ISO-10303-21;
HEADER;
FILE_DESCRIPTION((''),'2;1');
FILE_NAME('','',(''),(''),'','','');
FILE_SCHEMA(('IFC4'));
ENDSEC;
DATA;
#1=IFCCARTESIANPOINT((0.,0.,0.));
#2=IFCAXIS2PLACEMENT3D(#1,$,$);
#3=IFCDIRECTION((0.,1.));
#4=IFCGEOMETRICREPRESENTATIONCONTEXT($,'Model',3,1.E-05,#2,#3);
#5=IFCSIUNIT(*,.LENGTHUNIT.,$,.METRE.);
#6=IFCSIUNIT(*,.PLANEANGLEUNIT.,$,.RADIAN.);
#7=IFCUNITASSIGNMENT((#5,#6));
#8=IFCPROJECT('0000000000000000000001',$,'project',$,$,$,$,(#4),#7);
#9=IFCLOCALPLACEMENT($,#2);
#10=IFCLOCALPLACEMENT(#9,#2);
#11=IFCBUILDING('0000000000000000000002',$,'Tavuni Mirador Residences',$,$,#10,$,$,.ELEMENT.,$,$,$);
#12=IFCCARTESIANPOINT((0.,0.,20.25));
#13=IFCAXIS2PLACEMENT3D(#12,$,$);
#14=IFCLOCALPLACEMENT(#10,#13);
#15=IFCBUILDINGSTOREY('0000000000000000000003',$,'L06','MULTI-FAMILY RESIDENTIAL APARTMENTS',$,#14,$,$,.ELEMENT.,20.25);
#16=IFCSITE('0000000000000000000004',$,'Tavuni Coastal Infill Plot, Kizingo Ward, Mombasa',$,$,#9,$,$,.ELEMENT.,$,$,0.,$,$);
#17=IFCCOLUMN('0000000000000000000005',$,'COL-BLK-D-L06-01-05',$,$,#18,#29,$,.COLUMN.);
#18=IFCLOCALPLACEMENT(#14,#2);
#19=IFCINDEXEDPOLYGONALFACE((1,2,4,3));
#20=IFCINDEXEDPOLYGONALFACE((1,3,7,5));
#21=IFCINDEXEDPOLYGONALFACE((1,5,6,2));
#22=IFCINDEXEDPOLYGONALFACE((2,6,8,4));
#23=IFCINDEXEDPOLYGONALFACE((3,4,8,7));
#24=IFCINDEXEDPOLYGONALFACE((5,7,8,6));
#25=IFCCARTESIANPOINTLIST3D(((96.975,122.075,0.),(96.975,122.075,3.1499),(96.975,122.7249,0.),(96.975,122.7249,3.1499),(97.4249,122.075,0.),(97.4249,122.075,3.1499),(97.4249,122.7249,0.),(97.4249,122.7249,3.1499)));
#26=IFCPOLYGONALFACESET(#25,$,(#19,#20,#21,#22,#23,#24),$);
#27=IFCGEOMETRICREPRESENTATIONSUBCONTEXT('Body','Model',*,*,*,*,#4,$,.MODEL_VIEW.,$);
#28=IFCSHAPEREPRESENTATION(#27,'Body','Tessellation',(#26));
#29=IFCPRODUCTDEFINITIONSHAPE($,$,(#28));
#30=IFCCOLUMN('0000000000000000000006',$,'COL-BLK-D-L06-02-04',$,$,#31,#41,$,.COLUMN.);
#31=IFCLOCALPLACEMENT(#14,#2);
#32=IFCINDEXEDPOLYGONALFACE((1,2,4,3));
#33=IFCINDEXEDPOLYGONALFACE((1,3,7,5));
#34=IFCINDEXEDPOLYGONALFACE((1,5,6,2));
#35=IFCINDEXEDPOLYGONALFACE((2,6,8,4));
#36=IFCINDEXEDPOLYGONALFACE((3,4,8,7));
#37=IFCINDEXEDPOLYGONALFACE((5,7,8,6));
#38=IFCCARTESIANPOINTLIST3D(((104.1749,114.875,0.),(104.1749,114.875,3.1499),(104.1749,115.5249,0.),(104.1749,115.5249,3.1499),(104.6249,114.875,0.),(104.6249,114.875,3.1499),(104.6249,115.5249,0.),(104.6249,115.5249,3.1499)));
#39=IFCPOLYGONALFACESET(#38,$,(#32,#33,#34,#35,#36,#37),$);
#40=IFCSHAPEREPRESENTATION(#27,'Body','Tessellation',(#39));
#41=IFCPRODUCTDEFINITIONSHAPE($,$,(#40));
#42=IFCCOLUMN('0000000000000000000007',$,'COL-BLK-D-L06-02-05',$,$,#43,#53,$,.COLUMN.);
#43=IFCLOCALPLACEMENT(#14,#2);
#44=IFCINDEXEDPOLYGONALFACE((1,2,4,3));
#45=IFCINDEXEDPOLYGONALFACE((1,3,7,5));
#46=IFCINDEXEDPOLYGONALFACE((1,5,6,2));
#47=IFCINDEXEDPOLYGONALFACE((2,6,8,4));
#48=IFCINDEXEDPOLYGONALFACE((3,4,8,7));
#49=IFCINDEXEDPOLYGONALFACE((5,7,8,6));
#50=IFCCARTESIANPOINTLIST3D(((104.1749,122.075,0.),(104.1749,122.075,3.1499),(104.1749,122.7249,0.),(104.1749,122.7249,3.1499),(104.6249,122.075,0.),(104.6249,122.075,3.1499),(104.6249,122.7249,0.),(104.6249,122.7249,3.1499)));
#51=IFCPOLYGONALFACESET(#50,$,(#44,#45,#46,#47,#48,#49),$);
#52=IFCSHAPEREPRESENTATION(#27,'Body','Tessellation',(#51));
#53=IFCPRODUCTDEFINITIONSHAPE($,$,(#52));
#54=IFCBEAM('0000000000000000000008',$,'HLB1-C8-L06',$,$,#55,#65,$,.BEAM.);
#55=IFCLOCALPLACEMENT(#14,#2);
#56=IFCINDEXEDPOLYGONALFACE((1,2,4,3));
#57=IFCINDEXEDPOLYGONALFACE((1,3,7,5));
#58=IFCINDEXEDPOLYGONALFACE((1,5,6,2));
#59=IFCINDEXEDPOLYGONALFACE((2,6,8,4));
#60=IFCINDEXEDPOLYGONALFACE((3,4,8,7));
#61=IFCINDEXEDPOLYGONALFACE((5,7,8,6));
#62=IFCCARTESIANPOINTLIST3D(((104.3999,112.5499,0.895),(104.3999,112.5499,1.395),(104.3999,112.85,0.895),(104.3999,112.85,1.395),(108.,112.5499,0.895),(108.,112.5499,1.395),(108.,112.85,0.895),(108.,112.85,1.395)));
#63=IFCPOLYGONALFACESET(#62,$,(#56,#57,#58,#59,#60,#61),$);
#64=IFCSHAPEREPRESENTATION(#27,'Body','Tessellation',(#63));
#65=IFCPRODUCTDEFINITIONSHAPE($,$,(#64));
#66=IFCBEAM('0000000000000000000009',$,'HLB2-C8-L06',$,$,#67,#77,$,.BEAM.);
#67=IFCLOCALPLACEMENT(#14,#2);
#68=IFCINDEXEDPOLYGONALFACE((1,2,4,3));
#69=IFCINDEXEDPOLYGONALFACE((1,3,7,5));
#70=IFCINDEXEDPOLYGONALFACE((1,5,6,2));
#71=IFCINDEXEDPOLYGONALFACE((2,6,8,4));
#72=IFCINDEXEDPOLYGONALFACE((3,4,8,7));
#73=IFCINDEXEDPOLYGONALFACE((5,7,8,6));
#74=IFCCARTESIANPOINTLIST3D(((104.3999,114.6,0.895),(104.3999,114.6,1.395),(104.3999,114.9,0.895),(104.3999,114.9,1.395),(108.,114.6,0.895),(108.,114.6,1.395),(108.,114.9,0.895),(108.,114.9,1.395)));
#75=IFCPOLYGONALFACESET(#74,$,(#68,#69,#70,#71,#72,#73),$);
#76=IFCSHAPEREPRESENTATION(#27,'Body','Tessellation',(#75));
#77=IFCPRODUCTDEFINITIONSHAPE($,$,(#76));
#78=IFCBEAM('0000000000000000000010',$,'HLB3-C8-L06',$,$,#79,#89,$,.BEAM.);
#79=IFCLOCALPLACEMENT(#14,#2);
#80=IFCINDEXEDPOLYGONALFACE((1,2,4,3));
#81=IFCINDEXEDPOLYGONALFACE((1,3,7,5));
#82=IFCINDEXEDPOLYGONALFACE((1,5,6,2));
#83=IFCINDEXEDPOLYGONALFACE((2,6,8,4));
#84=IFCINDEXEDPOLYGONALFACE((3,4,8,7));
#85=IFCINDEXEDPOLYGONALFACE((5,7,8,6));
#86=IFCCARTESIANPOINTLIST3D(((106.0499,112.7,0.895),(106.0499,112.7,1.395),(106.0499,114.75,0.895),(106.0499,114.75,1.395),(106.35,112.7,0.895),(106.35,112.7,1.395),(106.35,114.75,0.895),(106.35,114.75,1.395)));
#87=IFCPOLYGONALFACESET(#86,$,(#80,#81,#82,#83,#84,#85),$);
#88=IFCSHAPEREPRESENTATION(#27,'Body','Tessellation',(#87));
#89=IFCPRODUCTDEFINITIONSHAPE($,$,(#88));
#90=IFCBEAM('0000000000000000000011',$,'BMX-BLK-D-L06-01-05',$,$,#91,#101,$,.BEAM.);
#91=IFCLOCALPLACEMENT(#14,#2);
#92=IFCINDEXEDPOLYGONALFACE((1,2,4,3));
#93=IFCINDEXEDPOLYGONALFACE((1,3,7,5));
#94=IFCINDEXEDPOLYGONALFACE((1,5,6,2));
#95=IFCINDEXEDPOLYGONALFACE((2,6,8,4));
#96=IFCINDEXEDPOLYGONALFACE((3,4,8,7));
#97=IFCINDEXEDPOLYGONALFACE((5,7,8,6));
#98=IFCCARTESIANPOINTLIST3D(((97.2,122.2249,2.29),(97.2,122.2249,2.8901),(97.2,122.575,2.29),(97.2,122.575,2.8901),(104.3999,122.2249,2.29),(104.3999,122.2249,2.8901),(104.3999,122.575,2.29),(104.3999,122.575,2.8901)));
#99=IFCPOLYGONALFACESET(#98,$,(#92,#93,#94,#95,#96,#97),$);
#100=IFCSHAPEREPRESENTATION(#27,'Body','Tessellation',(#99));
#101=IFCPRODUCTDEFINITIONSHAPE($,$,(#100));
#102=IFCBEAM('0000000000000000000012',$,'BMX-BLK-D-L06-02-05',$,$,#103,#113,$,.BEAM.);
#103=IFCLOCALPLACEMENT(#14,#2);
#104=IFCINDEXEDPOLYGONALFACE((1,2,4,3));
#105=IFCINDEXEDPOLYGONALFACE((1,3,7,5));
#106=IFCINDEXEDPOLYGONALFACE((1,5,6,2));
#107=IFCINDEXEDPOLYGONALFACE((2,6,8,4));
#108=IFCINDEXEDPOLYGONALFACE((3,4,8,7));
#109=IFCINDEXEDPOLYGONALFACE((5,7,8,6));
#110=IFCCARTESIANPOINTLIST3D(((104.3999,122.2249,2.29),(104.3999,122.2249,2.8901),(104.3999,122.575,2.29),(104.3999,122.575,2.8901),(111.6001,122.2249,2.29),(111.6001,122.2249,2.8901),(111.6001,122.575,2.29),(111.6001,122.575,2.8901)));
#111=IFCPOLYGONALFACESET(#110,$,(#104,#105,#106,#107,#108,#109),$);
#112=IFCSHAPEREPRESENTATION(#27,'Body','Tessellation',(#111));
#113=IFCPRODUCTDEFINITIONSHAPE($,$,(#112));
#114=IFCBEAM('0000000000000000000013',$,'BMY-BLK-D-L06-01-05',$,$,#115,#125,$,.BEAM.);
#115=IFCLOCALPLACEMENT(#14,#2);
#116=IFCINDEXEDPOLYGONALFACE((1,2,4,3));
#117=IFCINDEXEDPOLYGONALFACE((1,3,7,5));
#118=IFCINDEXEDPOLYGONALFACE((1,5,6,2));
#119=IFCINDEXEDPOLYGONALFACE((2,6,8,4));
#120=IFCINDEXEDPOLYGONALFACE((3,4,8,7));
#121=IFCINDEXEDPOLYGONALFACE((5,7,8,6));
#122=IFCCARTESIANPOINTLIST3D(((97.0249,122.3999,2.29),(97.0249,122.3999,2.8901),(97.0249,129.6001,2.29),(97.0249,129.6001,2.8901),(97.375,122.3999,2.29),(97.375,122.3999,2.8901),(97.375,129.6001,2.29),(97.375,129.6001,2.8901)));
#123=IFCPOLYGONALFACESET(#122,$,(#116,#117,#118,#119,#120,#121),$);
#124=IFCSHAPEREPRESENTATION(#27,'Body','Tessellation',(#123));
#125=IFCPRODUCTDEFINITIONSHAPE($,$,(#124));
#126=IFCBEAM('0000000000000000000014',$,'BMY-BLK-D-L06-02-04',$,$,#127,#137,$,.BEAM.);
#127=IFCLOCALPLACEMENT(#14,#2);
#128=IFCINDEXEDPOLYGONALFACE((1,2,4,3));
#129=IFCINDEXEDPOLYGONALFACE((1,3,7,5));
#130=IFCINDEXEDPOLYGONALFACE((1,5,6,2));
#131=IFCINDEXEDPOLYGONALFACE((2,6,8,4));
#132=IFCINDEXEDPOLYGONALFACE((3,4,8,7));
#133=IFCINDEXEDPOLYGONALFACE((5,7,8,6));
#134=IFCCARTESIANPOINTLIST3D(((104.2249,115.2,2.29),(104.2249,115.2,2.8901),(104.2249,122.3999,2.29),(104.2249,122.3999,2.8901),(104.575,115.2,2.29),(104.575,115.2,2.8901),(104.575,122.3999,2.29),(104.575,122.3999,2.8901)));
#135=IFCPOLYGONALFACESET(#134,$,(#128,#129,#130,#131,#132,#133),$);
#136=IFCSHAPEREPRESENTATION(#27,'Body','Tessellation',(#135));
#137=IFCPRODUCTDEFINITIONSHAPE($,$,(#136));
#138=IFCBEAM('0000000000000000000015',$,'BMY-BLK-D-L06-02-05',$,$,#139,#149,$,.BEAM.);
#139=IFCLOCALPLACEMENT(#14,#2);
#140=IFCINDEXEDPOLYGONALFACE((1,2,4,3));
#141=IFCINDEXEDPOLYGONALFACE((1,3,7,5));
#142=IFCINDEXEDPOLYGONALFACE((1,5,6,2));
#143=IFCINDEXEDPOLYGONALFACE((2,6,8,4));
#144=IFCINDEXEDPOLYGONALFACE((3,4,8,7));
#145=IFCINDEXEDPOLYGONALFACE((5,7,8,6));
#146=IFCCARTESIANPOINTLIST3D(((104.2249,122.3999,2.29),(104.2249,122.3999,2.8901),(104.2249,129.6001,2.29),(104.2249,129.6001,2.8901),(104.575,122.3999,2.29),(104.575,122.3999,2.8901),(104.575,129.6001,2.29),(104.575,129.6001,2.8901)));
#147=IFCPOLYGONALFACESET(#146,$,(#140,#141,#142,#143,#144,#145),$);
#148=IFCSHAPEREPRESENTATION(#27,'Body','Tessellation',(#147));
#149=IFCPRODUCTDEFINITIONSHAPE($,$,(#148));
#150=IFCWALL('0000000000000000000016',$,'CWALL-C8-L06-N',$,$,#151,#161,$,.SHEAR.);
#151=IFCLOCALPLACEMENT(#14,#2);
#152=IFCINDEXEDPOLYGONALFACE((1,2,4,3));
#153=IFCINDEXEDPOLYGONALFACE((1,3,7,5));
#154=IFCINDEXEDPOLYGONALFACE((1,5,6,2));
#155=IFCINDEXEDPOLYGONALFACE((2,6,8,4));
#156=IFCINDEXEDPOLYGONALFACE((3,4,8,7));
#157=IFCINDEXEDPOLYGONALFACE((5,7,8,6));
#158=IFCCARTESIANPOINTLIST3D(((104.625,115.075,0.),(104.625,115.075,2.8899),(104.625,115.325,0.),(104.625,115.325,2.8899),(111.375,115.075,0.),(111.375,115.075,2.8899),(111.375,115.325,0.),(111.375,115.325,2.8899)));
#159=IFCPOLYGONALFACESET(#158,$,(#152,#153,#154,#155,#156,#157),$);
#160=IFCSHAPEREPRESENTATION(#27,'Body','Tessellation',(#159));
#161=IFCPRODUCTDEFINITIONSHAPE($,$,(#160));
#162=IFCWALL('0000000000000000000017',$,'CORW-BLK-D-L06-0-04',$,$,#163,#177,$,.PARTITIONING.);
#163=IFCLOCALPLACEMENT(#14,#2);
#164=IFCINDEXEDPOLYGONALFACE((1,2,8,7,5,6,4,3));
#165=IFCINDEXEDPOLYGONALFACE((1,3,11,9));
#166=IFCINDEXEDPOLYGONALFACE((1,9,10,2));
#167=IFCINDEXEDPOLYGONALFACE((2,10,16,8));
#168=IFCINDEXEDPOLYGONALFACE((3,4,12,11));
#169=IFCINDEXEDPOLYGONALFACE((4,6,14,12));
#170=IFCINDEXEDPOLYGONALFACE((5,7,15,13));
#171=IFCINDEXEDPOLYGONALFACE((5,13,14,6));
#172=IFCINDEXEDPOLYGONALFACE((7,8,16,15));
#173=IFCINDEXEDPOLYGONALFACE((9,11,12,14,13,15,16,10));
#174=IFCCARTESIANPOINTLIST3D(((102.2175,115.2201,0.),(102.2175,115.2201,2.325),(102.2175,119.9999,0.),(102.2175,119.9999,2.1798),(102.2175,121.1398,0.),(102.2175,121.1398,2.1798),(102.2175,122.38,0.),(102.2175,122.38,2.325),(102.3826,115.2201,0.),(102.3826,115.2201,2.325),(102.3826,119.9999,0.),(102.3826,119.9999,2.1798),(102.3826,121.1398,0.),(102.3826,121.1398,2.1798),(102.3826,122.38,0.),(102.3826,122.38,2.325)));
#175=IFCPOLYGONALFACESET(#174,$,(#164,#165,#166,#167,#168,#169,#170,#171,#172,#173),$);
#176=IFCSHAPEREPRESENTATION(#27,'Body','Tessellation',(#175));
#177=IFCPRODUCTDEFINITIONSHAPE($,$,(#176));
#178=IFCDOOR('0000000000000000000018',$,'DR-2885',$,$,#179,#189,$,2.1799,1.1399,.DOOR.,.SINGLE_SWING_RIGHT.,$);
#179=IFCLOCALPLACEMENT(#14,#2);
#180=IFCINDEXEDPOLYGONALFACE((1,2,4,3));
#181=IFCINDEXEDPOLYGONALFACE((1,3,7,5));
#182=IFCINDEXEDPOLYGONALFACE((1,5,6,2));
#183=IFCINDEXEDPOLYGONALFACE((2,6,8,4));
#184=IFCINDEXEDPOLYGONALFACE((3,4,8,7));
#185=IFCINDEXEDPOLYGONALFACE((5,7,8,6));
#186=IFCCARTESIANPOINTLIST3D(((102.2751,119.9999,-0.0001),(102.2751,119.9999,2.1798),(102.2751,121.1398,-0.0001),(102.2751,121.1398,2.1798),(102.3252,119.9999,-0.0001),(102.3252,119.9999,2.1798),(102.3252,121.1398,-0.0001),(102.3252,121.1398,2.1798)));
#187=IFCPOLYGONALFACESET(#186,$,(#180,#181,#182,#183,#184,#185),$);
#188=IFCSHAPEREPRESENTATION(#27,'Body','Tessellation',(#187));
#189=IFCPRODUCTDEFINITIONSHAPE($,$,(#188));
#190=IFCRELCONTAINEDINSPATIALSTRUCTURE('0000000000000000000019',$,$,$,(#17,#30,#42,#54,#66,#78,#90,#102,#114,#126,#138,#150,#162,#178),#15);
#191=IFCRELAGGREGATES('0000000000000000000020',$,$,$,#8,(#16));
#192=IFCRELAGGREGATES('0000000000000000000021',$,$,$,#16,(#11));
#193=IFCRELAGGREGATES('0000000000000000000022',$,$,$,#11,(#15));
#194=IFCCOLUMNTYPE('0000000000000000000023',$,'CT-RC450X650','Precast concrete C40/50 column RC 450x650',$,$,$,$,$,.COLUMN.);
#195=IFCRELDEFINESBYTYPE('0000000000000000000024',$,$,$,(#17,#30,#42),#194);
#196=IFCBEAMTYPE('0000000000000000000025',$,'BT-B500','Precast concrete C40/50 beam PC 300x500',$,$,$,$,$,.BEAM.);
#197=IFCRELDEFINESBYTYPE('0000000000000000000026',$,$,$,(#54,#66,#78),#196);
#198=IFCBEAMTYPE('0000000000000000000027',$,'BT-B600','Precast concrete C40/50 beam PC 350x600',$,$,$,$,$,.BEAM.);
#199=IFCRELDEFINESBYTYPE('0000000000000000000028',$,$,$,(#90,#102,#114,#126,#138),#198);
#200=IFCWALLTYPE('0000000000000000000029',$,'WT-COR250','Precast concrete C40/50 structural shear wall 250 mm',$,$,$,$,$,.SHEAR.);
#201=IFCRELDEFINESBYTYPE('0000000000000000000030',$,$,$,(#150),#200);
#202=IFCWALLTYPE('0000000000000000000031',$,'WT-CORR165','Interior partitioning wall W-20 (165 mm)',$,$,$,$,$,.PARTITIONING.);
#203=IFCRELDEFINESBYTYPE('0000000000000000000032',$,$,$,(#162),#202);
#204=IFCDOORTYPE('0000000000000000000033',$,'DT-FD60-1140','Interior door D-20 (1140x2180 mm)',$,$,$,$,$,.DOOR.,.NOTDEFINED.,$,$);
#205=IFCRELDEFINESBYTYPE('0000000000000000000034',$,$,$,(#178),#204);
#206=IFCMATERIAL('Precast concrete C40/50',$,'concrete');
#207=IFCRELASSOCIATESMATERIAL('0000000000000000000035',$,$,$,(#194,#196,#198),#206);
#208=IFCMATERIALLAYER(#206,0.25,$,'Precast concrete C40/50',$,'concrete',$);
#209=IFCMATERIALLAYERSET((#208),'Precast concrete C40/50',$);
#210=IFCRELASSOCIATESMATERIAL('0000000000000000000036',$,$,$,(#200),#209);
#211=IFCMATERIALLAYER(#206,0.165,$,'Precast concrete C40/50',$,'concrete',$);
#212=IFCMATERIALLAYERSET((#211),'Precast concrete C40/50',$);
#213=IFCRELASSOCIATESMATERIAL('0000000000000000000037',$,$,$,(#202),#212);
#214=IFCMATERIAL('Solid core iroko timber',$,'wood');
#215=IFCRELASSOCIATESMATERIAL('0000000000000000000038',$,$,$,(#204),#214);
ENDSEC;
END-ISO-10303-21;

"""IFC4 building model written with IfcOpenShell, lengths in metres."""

from ifc_helpers import new_model, si_unit, direction, frame, frame_2d, origin, origin_2d, place, context, subcontext, project, spatial, rectangle, extrude, material, layer, layer_set, material_profile, profile_set, type_object, element, fill, save


model = new_model("IFC4")

# Units and contexts
model_context = context("Model", 3, precision=1e-05, world=origin(), true_north=direction((0.0, 1.0)))
body_context = subcontext(model_context, "Body", "Model", "MODEL_VIEW")
ifc_project = project(units=[si_unit("LENGTHUNIT", "METRE"), si_unit("PLANEANGLEUNIT", "RADIAN")], contexts=[model_context])

# Site, building, storey
site_placement = place(None, origin())
site = spatial("IfcSite", under=ifc_project, at=site_placement, Name="Tavuni Coastal Infill Plot, Kizingo Ward, Mombasa", CompositionType="ELEMENT", RefElevation=0.0)
building_placement = place(site_placement, origin())
building = spatial("IfcBuilding", under=site, at=building_placement, Name="Tavuni Mirador Residences", CompositionType="ELEMENT")
storey_placement = place(building_placement, frame((0.0, 0.0, 20.25)))
storey = spatial("IfcBuildingStorey", under=building, at=storey_placement, Name="L06", Description="MULTI-FAMILY RESIDENTIAL APARTMENTS", CompositionType="ELEMENT", Elevation=20.25)

# Columns
ifc_material_1 = material(Name="Precast concrete C40/50", Category="concrete")
ifc_material_profile_1 = material_profile(ifc_material_1, rectangle(XDim=0.45, YDim=0.6499, at=origin_2d()), Name="RC 450x650", Category="concrete")
ifc_profile_set_1 = profile_set([ifc_material_profile_1], Name="Precast concrete C40/50")
column_type = type_object("IfcColumnType", Name="CT-RC450X650", Description="Precast concrete C40/50 column RC 450x650", PredefinedType="COLUMN", material=ifc_profile_set_1)
for number, where, z_axis, x_axis, name in (
    (1, (97.2, 122.3999, 0.0), (0.0, 0.0, 1.0), (1.0, 0.0, 0.0), "COL-BLK-D-L06-01-05"),
    (2, (104.3999, 115.2, 0.0), (0.0, 0.0, 1.0), (1.0, 0.0, 0.0), "COL-BLK-D-L06-02-04"),
    (3, (104.3999, 122.3999, 0.0), (0.0, 0.0, 1.0), (1.0, 0.0, 0.0), "COL-BLK-D-L06-02-05"),
):
    element("IfcColumn", number, at=place(storey_placement, frame(where, z_axis=z_axis, x_axis=x_axis)), inside=storey, type_object=column_type, Name=name, PredefinedType="COLUMN", context=body_context, shape_type="SweptSolid", body=[
        extrude(rectangle(XDim=0.45, YDim=0.6499, at=origin_2d()), origin(), (0.0, 0.0, 1.0), 3.1499),
    ])

# Beams
ifc_material_profile_2 = material_profile(ifc_material_1, rectangle(XDim=0.3, YDim=0.5, at=origin_2d()), Name="PC 300x500", Category="concrete")
ifc_profile_set_2 = profile_set([ifc_material_profile_2], Name="Precast concrete C40/50")
beam_type_1 = type_object("IfcBeamType", Name="BT-B500", Description="Precast concrete C40/50 beam PC 300x500", PredefinedType="BEAM", material=ifc_profile_set_2)
for number, where, z_axis, x_axis, name in (
    (4, (104.3999, 112.7, 1.145), (1.0, 0.0, 0.0), (0.0, 1.0, 0.0), "HLB1-C8-L06"),
    (5, (104.3999, 114.75, 1.145), (1.0, 0.0, 0.0), (0.0, 1.0, 0.0), "HLB2-C8-L06"),
):
    element("IfcBeam", number, at=place(storey_placement, frame(where, z_axis=z_axis, x_axis=x_axis)), inside=storey, type_object=beam_type_1, Name=name, PredefinedType="BEAM", context=body_context, shape_type="SweptSolid", body=[
        extrude(rectangle(XDim=0.3, YDim=0.5, at=origin_2d()), origin(), (0.0, 0.0, 1.0), 3.6001),
    ])
beam_1_placement = place(storey_placement, frame((106.2, 112.7, 1.145), z_axis=(0.0, 1.0, 0.0), x_axis=(-1.0, 0.0, 0.0)))
element("IfcBeam", 6, at=beam_1_placement, inside=storey, type_object=beam_type_1, Name="HLB3-C8-L06", PredefinedType="BEAM", context=body_context, shape_type="SweptSolid", body=[
    extrude(rectangle(XDim=0.3, YDim=0.5, at=origin_2d()), origin(), (0.0, 0.0, 1.0), 2.05),
])
ifc_material_profile_3 = material_profile(ifc_material_1, rectangle(XDim=0.3501, YDim=0.6001, at=origin_2d()), Name="PC 350x600", Category="concrete")
ifc_profile_set_3 = profile_set([ifc_material_profile_3], Name="Precast concrete C40/50")
beam_type_2 = type_object("IfcBeamType", Name="BT-B600", Description="Precast concrete C40/50 beam PC 350x600", PredefinedType="BEAM", material=ifc_profile_set_3)
beam_2_placement = place(storey_placement, frame((97.2, 122.3999, 2.5901), z_axis=(1.0, 0.0, 0.0), x_axis=(0.0, 1.0, 0.0)))
element("IfcBeam", 7, at=beam_2_placement, inside=storey, type_object=beam_type_2, Name="BMX-BLK-D-L06-01-05", PredefinedType="BEAM", context=body_context, shape_type="SweptSolid", body=[
    extrude(rectangle(XDim=0.3501, YDim=0.6001, at=origin_2d()), origin(), (0.0, 0.0, 1.0), 7.2),
])
for number, where, z_axis, x_axis, name in (
    (8, (104.3999, 122.3999, 2.5901), (1.0, 0.0, 0.0), (0.0, 1.0, 0.0), "BMX-BLK-D-L06-02-05"),
    (9, (97.2, 122.3999, 2.5901), (0.0, 1.0, 0.0), (-1.0, 0.0, 0.0), "BMY-BLK-D-L06-01-05"),
):
    element("IfcBeam", number, at=place(storey_placement, frame(where, z_axis=z_axis, x_axis=x_axis)), inside=storey, type_object=beam_type_2, Name=name, PredefinedType="BEAM", context=body_context, shape_type="SweptSolid", body=[
        extrude(rectangle(XDim=0.3501, YDim=0.6001, at=origin_2d()), origin(), (0.0, 0.0, 1.0), 7.2002),
    ])
beam_3_placement = place(storey_placement, frame((104.3999, 115.2, 2.5901), z_axis=(0.0, 1.0, 0.0), x_axis=(-1.0, 0.0, 0.0)))
element("IfcBeam", 10, at=beam_3_placement, inside=storey, type_object=beam_type_2, Name="BMY-BLK-D-L06-02-04", PredefinedType="BEAM", context=body_context, shape_type="SweptSolid", body=[
    extrude(rectangle(XDim=0.3501, YDim=0.6001, at=origin_2d()), origin(), (0.0, 0.0, 1.0), 7.2),
])
beam_4_placement = place(storey_placement, frame((104.3999, 122.3999, 2.5901), z_axis=(0.0, 1.0, 0.0), x_axis=(-1.0, 0.0, 0.0)))
element("IfcBeam", 11, at=beam_4_placement, inside=storey, type_object=beam_type_2, Name="BMY-BLK-D-L06-02-05", PredefinedType="BEAM", context=body_context, shape_type="SweptSolid", body=[
    extrude(rectangle(XDim=0.3501, YDim=0.6001, at=origin_2d()), origin(), (0.0, 0.0, 1.0), 7.2002),
])

# Wall
ifc_layer_1 = layer(ifc_material_1, 0.25, Name="Precast concrete C40/50", Category="concrete")
ifc_layer_set_1 = layer_set([ifc_layer_1], Name="Precast concrete C40/50")
wall_type_1 = type_object("IfcWallType", Name="WT-COR250", Description="Precast concrete C40/50 structural shear wall 250 mm", PredefinedType="SHEAR", material=ifc_layer_set_1)
wall_1_placement = place(storey_placement, frame((104.625, 115.2, 0.0), z_axis=(0.0, 0.0, 1.0), x_axis=(1.0, 0.0, 0.0)))
element("IfcWall", 12, at=wall_1_placement, inside=storey, type_object=wall_type_1, Name="CWALL-C8-L06-N", PredefinedType="SHEAR", context=body_context, shape_type="SweptSolid", body=[
    extrude(rectangle(XDim=6.75, YDim=0.25, at=frame_2d((3.375, 0.0))), origin(), (0.0, 0.0, 1.0), 2.8899),
])

# Wall, opening, door
ifc_layer_2 = layer(ifc_material_1, 0.165, Name="Precast concrete C40/50", Category="concrete")
ifc_layer_set_2 = layer_set([ifc_layer_2], Name="Precast concrete C40/50")
wall_type_2 = type_object("IfcWallType", Name="WT-CORR165", Description="Interior partitioning wall W-20 (165 mm)", PredefinedType="PARTITIONING", material=ifc_layer_set_2)
wall_2_placement = place(storey_placement, frame((102.3, 115.22, 0.0), z_axis=(0.0, 0.0, 1.0), x_axis=(0.0, 1.0, 0.0)))
wall_2 = element("IfcWall", 13, at=wall_2_placement, inside=storey, type_object=wall_type_2, Name="CORW-BLK-D-L06-0-04", PredefinedType="PARTITIONING", context=body_context, shape_type="SweptSolid", body=[
    extrude(rectangle(XDim=7.1599, YDim=0.165, at=frame_2d((3.5801, 0.0))), origin(), (0.0, 0.0, 1.0), 2.325),
])
opening_1_placement = place(wall_2_placement, frame((4.78, 0.0, 0.0)))
opening_1 = element("IfcOpeningElement", 14, at=opening_1_placement, cuts=wall_2, PredefinedType="OPENING", context=body_context, shape_type="SweptSolid", body=[
    extrude(rectangle(XDim=1.1399, YDim=2.1799, at=frame_2d((0.5698, 1.0898))), frame((0.0, 0.0925, 0.0), z_axis=(0.0, -1.0, 0.0), x_axis=(1.0, 0.0, 0.0)), (0.0, 0.0, 1.0), 0.1851),
])
ifc_material_2 = material(Name="Solid core iroko timber", Category="wood")
door_type_1 = type_object("IfcDoorType", Name="DT-FD60-1140", Description="Interior door D-20 (1140x2180 mm)", OperationType="NOTDEFINED", PredefinedType="DOOR", material=ifc_material_2)
door_1_placement = place(opening_1_placement, origin())
door_1 = element("IfcDoor", 15, at=door_1_placement, inside=storey, type_object=door_type_1, Name="DR-2885", OperationType="SINGLE_SWING_RIGHT", OverallHeight=2.1799, OverallWidth=1.1399, PredefinedType="DOOR", context=body_context, shape_type="SweptSolid", body=[
    extrude(rectangle(XDim=1.1399, YDim=2.1799, at=frame_2d((0.5698, 1.0898))), frame((0.0, 0.0249, 0.0), z_axis=(0.0, -1.0, 0.0), x_axis=(1.0, 0.0, 0.0)), (0.0, 0.0, 1.0), 0.05),
])
fill(opening_1, door_1)

save(model, "model.ifc")
